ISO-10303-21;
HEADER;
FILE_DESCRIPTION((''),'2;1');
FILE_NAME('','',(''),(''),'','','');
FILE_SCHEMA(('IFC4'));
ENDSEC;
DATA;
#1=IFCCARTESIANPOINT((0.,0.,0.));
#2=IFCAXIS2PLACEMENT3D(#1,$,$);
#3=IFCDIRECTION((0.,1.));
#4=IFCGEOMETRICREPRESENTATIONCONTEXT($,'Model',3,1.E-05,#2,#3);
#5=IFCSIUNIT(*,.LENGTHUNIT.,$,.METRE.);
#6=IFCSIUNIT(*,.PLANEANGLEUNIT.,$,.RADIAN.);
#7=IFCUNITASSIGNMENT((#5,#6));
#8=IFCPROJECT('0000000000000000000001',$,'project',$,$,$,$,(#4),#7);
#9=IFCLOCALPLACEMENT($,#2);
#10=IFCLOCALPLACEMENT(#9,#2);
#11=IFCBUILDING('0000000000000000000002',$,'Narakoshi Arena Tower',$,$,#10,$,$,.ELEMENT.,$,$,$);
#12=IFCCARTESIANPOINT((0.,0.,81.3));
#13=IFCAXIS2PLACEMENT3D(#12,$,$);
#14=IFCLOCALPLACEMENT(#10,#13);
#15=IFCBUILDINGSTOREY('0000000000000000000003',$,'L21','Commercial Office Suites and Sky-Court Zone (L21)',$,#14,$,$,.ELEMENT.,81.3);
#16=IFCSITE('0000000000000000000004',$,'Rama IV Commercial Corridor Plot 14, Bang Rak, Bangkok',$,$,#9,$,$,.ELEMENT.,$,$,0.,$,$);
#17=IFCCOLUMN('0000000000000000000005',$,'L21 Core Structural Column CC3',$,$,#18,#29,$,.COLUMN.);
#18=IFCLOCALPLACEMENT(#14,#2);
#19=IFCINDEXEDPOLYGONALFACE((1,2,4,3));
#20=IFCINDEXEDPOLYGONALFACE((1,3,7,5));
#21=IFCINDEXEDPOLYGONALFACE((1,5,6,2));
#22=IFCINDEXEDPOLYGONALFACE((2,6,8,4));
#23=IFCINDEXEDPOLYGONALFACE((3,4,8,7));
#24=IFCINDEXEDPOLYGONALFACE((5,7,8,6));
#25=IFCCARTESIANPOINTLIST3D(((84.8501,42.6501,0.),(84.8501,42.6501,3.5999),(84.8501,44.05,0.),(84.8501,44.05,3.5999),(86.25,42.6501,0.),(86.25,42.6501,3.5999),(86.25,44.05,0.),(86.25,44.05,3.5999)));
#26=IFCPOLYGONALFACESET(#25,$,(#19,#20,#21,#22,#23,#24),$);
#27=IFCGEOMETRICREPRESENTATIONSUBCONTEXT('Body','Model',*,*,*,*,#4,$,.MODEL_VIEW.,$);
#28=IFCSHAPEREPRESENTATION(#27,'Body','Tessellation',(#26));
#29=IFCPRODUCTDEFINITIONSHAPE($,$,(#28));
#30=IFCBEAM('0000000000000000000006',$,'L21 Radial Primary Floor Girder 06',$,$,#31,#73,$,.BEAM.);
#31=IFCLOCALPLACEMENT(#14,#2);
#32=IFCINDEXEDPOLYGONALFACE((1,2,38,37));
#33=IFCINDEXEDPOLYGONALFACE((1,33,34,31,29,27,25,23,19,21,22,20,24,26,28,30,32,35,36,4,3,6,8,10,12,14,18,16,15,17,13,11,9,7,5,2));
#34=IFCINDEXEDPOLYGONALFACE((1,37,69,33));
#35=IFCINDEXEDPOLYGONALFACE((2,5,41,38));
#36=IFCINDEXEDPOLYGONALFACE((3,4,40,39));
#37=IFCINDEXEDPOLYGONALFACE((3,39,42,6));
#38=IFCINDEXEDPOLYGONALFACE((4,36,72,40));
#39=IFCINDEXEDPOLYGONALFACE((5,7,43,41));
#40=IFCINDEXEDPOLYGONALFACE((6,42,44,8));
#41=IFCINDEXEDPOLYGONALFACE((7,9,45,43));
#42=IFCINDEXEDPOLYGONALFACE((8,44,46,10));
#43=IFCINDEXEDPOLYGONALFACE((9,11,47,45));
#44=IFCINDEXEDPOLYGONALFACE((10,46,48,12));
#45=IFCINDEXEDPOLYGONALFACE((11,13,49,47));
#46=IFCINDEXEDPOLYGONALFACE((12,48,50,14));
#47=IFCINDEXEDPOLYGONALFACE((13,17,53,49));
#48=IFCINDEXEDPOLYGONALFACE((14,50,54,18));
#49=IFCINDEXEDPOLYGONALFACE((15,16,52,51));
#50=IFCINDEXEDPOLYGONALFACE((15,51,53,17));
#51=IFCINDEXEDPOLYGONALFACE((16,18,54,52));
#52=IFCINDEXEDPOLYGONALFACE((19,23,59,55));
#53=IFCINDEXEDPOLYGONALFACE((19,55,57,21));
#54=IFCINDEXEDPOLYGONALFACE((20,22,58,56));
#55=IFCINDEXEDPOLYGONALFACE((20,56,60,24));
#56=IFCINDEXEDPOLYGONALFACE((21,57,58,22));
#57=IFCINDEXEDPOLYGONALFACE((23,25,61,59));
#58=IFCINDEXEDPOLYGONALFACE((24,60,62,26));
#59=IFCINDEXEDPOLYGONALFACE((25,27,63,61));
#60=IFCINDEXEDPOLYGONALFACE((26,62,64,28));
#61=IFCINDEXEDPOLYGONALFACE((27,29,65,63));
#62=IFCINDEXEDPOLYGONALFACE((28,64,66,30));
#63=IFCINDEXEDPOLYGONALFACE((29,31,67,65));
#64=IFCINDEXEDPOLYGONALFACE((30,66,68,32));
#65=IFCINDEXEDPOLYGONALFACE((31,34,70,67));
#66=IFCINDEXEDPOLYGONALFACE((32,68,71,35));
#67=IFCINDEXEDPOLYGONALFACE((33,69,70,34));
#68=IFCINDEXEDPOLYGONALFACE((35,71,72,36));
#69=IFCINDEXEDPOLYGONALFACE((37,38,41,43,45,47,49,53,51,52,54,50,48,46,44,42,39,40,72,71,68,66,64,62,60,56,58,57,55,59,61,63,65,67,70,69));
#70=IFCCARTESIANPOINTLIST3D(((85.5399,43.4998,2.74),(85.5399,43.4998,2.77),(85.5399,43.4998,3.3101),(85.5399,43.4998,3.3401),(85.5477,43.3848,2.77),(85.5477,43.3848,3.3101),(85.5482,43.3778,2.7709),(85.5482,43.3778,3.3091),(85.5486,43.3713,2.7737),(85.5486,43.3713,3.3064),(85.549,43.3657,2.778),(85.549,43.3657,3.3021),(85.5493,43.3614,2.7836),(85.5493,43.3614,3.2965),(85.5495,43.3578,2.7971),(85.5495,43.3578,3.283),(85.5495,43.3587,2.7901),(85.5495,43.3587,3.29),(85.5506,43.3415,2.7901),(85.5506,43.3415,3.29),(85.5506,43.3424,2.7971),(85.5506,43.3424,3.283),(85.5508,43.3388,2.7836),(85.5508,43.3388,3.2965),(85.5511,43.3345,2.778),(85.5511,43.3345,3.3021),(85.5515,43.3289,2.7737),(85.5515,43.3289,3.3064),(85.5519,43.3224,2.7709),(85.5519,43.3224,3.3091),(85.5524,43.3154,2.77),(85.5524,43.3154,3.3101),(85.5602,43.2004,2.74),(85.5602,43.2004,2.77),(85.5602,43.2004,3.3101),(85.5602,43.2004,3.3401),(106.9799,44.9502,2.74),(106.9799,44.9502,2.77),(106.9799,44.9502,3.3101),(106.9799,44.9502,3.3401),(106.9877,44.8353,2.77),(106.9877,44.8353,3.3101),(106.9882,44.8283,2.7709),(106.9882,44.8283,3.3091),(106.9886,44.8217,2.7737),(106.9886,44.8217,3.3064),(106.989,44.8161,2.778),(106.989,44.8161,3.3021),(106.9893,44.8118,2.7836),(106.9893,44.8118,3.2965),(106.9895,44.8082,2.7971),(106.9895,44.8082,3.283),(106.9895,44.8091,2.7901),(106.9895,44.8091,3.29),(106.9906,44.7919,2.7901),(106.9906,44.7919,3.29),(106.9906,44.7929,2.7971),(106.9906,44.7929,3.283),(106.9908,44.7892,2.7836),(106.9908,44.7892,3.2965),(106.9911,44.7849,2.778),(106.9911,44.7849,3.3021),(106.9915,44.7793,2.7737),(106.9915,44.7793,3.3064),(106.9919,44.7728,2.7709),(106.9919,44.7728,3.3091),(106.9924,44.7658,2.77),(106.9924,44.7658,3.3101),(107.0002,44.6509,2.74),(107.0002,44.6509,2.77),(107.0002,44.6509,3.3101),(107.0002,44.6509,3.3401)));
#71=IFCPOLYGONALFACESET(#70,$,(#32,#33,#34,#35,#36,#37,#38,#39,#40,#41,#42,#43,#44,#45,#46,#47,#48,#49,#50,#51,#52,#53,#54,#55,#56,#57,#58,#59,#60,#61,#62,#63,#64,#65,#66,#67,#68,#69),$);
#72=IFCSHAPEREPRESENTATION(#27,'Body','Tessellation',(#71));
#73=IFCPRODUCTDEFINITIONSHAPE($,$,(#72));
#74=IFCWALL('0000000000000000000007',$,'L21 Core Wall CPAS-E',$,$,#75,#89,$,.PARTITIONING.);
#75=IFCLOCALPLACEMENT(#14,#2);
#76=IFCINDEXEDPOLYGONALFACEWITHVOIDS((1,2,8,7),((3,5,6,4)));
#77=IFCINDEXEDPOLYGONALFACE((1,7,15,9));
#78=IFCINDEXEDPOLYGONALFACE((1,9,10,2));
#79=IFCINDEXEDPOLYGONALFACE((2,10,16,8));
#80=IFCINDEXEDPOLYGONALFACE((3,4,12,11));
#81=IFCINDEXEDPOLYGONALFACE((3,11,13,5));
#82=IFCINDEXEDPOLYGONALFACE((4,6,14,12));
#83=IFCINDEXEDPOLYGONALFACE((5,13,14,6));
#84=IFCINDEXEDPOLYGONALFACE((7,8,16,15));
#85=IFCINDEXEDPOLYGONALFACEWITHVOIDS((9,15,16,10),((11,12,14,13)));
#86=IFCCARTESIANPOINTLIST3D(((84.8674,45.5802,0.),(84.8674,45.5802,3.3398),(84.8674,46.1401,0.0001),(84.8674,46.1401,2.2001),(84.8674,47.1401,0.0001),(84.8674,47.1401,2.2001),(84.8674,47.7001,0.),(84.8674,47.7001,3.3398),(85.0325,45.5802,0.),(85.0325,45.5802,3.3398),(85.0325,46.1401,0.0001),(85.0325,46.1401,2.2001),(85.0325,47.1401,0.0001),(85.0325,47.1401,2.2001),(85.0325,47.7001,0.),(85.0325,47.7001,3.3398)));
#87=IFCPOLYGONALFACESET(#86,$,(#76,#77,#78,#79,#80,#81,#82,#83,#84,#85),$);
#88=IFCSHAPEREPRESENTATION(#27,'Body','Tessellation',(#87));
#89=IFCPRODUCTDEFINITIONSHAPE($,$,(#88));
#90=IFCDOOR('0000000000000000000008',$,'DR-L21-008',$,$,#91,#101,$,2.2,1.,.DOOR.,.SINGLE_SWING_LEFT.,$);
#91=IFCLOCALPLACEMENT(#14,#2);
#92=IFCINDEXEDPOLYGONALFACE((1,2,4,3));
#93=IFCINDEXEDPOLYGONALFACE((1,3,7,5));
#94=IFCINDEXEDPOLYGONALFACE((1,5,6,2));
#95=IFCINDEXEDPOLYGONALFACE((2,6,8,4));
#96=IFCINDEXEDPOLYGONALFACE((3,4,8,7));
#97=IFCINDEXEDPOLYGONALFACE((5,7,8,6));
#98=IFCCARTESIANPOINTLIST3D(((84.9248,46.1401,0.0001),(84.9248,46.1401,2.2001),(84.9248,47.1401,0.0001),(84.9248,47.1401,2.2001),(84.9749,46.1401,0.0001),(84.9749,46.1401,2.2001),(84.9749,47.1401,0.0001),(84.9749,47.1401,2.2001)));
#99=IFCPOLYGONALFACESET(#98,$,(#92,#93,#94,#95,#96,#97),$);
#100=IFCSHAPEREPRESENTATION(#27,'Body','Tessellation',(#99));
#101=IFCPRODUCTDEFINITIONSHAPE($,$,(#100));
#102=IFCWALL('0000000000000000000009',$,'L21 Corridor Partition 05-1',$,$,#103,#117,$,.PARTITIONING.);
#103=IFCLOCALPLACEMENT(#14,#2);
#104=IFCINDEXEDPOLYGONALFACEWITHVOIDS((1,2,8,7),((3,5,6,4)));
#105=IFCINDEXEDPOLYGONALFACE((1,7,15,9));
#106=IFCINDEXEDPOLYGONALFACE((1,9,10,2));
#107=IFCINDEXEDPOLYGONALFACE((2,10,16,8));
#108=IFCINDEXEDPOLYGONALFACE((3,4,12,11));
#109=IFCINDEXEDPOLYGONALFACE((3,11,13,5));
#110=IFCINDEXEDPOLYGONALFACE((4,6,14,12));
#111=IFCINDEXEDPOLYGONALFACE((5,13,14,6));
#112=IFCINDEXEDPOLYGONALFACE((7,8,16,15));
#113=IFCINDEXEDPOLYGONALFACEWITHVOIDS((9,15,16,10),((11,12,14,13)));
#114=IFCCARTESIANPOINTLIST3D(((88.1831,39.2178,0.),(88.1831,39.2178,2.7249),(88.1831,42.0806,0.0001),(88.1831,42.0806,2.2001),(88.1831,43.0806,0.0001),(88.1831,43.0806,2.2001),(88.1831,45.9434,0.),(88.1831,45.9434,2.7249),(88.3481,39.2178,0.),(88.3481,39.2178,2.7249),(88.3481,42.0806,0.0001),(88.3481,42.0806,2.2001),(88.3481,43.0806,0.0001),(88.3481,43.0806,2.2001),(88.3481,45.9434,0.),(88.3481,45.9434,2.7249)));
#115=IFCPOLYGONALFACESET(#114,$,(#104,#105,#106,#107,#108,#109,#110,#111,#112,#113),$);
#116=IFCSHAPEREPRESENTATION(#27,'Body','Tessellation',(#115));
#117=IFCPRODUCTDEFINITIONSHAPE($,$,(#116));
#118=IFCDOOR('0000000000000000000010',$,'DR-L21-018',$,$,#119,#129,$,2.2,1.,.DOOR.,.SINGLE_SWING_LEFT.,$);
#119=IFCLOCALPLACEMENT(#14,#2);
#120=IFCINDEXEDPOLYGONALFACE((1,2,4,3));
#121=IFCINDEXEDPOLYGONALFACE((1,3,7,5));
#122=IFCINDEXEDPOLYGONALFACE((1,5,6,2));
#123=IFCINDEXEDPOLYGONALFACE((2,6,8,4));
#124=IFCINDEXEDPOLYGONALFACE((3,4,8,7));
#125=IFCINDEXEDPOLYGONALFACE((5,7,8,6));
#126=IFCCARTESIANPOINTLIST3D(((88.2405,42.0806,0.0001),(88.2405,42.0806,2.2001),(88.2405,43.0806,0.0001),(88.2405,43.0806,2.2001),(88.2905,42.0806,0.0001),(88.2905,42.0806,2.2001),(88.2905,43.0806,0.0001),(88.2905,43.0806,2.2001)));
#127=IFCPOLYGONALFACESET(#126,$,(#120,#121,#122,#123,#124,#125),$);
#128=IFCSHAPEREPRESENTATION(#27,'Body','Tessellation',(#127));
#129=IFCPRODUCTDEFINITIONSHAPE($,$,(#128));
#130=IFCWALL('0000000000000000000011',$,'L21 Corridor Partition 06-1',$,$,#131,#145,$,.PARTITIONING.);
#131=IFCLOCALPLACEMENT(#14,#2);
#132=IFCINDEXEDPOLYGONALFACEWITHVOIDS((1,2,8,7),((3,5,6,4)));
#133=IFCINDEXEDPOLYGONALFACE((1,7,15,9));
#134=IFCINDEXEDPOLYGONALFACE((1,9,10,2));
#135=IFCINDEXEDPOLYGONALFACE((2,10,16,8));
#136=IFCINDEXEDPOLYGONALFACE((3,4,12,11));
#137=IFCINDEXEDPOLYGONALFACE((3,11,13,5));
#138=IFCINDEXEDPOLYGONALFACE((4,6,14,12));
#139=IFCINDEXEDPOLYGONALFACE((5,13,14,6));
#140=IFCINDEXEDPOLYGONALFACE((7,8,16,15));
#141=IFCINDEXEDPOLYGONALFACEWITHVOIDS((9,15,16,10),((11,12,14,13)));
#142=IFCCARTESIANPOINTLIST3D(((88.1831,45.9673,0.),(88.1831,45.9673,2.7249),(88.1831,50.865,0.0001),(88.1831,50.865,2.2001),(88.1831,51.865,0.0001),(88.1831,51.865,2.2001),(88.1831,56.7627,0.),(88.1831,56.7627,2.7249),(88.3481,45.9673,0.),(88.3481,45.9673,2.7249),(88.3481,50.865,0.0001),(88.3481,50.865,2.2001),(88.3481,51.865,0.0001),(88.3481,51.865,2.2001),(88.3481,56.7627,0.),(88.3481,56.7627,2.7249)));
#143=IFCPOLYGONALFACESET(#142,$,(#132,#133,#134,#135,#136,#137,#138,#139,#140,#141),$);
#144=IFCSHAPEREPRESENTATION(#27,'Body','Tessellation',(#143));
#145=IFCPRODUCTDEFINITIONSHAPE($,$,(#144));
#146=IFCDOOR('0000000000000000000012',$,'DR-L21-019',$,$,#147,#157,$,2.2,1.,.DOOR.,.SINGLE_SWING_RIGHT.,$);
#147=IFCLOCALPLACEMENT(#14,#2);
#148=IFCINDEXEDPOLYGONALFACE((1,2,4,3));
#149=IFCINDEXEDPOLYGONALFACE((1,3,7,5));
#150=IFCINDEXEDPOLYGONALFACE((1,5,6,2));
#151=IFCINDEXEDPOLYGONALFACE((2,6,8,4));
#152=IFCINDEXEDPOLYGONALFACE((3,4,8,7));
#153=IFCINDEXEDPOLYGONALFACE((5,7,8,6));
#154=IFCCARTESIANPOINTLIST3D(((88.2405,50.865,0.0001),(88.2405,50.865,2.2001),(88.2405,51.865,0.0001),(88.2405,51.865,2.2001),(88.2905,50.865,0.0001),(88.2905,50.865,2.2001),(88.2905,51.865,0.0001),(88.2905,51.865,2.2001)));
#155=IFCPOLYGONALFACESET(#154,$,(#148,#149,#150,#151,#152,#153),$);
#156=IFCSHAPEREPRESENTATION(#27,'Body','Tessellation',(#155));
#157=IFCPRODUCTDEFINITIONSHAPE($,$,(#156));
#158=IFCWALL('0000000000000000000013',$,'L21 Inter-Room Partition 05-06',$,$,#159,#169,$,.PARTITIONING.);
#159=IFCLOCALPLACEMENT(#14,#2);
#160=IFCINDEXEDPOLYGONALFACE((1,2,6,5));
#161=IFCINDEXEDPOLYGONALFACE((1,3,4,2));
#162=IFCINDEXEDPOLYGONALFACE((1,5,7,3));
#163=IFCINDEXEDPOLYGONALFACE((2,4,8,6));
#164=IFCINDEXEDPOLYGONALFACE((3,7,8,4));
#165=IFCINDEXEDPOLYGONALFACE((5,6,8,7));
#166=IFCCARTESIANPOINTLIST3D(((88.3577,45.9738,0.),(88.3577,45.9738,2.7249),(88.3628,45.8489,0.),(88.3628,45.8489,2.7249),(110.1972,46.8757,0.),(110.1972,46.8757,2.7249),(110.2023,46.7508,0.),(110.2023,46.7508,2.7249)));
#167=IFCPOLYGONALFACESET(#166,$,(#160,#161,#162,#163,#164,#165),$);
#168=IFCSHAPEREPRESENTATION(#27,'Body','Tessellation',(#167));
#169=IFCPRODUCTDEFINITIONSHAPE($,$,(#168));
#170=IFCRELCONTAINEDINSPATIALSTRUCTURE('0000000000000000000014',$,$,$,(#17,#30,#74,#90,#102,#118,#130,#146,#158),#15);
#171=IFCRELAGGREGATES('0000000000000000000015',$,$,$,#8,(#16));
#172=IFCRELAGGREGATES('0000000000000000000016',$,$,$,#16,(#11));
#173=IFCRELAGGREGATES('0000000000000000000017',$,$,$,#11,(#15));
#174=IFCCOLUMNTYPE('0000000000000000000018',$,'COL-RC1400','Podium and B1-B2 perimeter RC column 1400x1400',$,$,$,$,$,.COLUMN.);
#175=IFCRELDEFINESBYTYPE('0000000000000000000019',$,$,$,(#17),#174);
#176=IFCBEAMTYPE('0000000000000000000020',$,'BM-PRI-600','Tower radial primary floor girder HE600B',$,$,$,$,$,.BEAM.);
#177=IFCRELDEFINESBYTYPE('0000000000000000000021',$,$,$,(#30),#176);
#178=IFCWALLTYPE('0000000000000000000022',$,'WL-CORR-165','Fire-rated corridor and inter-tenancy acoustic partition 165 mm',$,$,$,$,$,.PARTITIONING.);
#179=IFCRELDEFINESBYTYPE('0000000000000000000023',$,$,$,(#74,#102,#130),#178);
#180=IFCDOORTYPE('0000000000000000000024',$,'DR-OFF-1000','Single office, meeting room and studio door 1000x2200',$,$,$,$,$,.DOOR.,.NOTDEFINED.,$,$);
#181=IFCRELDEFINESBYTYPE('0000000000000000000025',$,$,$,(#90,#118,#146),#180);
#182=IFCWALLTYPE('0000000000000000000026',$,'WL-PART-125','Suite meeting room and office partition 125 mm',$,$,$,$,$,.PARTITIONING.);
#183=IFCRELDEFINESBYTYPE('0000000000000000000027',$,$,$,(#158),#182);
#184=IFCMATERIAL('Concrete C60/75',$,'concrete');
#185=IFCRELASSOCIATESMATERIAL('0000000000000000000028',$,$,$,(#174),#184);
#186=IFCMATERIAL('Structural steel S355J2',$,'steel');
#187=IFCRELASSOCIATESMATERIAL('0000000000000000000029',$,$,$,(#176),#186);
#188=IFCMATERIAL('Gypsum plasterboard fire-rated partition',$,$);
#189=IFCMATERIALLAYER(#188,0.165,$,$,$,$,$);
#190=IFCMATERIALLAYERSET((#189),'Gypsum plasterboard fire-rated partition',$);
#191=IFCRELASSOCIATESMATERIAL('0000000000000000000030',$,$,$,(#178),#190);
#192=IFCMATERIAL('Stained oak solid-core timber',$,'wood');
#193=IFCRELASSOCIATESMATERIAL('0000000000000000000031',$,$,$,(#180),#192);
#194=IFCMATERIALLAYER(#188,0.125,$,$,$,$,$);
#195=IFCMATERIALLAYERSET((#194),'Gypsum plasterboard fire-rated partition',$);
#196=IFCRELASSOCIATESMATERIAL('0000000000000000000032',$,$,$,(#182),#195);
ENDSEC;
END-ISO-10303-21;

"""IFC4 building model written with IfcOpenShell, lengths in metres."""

from ifc_helpers import new_model, si_unit, direction, frame, frame_2d, origin, origin_2d, place, context, subcontext, project, spatial, rectangle, i_section, extrude, material, layer, layer_set, material_profile, profile_set, type_object, element, fill, save


model = new_model("IFC4")

# Units and contexts
model_context = context("Model", 3, precision=1e-05, world=origin(), true_north=direction((0.0, 1.0)))
body_context = subcontext(model_context, "Body", "Model", "MODEL_VIEW")
ifc_project = project(units=[si_unit("LENGTHUNIT", "METRE"), si_unit("PLANEANGLEUNIT", "RADIAN")], contexts=[model_context])

# Site, building, storey
site_placement = place(None, origin())
site = spatial("IfcSite", under=ifc_project, at=site_placement, Name="Rama IV Commercial Corridor Plot 14, Bang Rak, Bangkok", CompositionType="ELEMENT", RefElevation=0.0)
building_placement = place(site_placement, origin())
building = spatial("IfcBuilding", under=site, at=building_placement, Name="Narakoshi Arena Tower", CompositionType="ELEMENT")
storey_placement = place(building_placement, frame((0.0, 0.0, 81.3)))
storey = spatial("IfcBuildingStorey", under=building, at=storey_placement, Name="L21", Description="Commercial Office Suites and Sky-Court Zone (L21)", CompositionType="ELEMENT", Elevation=81.3)

# Column
ifc_material_1 = material(Name="Concrete C60/75", Category="concrete")
ifc_material_profile_1 = material_profile(ifc_material_1, rectangle(XDim=1.3999, YDim=1.3999, at=origin_2d()), Name="RC1400x1400")
ifc_profile_set_1 = profile_set([ifc_material_profile_1], Name="Concrete C60/75")
column_type = type_object("IfcColumnType", Name="COL-RC1400", Description="Podium and B1-B2 perimeter RC column 1400x1400", PredefinedType="COLUMN", material=ifc_profile_set_1)
column_placement = place(storey_placement, frame((85.55, 43.3501, 0.0), z_axis=(0.0, 0.0, 1.0), x_axis=(1.0, 0.0, 0.0)))
element("IfcColumn", 1, at=column_placement, inside=storey, type_object=column_type, Name="L21 Core Structural Column CC3", PredefinedType="COLUMN", context=body_context, shape_type="SweptSolid", body=[
    extrude(rectangle(XDim=1.3999, YDim=1.3999, at=origin_2d()), origin(), (0.0, 0.0, 1.0), 3.5999),
])

# Beam
ifc_material_2 = material(Name="Structural steel S355J2", Category="steel")
ifc_material_profile_2 = material_profile(ifc_material_2, i_section(OverallWidth=0.3, OverallDepth=0.6001, WebThickness=0.0154, FlangeThickness=0.03, FilletRadius=0.0271, at=origin_2d()), Name="HE600B")
ifc_profile_set_2 = profile_set([ifc_material_profile_2], Name="Structural steel S355J2")
beam_type = type_object("IfcBeamType", Name="BM-PRI-600", Description="Tower radial primary floor girder HE600B", PredefinedType="BEAM", material=ifc_profile_set_2)
beam_placement = place(storey_placement, frame((85.55, 43.3501, 3.04), z_axis=(0.997719, 0.067497, 0.0), x_axis=(-0.067497, 0.997719, 0.0)))
element("IfcBeam", 2, at=beam_placement, inside=storey, type_object=beam_type, Name="L21 Radial Primary Floor Girder 06", PredefinedType="BEAM", context=body_context, shape_type="SweptSolid", body=[
    extrude(i_section(OverallWidth=0.3, OverallDepth=0.6001, WebThickness=0.0154, FlangeThickness=0.03, FilletRadius=0.0271, at=origin_2d()), origin(), (0.0, 0.0, 1.0), 21.489),
])

# Walls, openings, doors
ifc_material_3 = material(Name="Gypsum plasterboard fire-rated partition")
ifc_layer_1 = layer(ifc_material_3, 0.165)
ifc_layer_set_1 = layer_set([ifc_layer_1], Name="Gypsum plasterboard fire-rated partition")
wall_type_1 = type_object("IfcWallType", Name="WL-CORR-165", Description="Fire-rated corridor and inter-tenancy acoustic partition 165 mm", PredefinedType="PARTITIONING", material=ifc_layer_set_1)
wall_1_placement = place(storey_placement, frame((84.95, 45.5801, 0.0), z_axis=(0.0, 0.0, 1.0), x_axis=(0.0, 1.0, 0.0)))
wall_1 = element("IfcWall", 3, at=wall_1_placement, inside=storey, type_object=wall_type_1, Name="L21 Core Wall CPAS-E", PredefinedType="PARTITIONING", context=body_context, shape_type="SweptSolid", body=[
    extrude(rectangle(XDim=2.1199, YDim=0.165, at=frame_2d((1.0601, 0.0))), origin(), (0.0, 0.0, 1.0), 3.3398),
])
opening_1_placement = place(wall_1_placement, frame((0.5601, 0.0, 0.0)))
opening_1 = element("IfcOpeningElement", 4, at=opening_1_placement, cuts=wall_1, PredefinedType="OPENING", context=body_context, shape_type="SweptSolid", body=[
    extrude(rectangle(XDim=1.0, YDim=2.2, at=frame_2d((0.5, 1.1001))), frame((0.0, 0.0925, 0.0), z_axis=(0.0, -1.0, 0.0), x_axis=(1.0, 0.0, 0.0)), (0.0, 0.0, 1.0), 0.1851),
])
ifc_material_4 = material(Name="Stained oak solid-core timber", Category="wood")
door_type_1 = type_object("IfcDoorType", Name="DR-OFF-1000", Description="Single office, meeting room and studio door 1000x2200", OperationType="NOTDEFINED", PredefinedType="DOOR", material=ifc_material_4)
door_1_placement = place(opening_1_placement, frame((1.0, 0.0, 0.0), z_axis=(0.0, 0.0, 1.0), x_axis=(-1.0, 0.0, 0.0)))
door_1 = element("IfcDoor", 5, at=door_1_placement, inside=storey, type_object=door_type_1, Name="DR-L21-008", OperationType="SINGLE_SWING_LEFT", OverallHeight=2.2, OverallWidth=1.0, PredefinedType="DOOR", context=body_context, shape_type="SweptSolid", body=[
    extrude(rectangle(XDim=1.0, YDim=2.2, at=frame_2d((0.5, 1.1001))), frame((0.0, 0.0249, 0.0), z_axis=(0.0, -1.0, 0.0), x_axis=(1.0, 0.0, 0.0)), (0.0, 0.0, 1.0), 0.05),
])
fill(opening_1, door_1)
wall_2_placement = place(storey_placement, frame((88.2656, 39.2178, 0.0), z_axis=(0.0, 0.0, 1.0), x_axis=(0.0, 1.0, 0.0)))
wall_2 = element("IfcWall", 6, at=wall_2_placement, inside=storey, type_object=wall_type_1, Name="L21 Corridor Partition 05-1", PredefinedType="PARTITIONING", context=body_context, shape_type="SweptSolid", body=[
    extrude(rectangle(XDim=6.7256, YDim=0.165, at=frame_2d((3.3628, 0.0))), origin(), (0.0, 0.0, 1.0), 2.7249),
])
opening_2_placement = place(wall_2_placement, frame((2.8628, 0.0, 0.0)))
opening_2 = element("IfcOpeningElement", 7, at=opening_2_placement, cuts=wall_2, PredefinedType="OPENING", context=body_context, shape_type="SweptSolid", body=[
    extrude(rectangle(XDim=1.0, YDim=2.2, at=frame_2d((0.5, 1.1001))), frame((0.0, 0.0925, 0.0), z_axis=(0.0, -1.0, 0.0), x_axis=(1.0, 0.0, 0.0)), (0.0, 0.0, 1.0), 0.1851),
])
door_2_placement = place(opening_2_placement, frame((1.0, 0.0, 0.0), z_axis=(0.0, 0.0, 1.0), x_axis=(-1.0, 0.0, 0.0)))
door_2 = element("IfcDoor", 8, at=door_2_placement, inside=storey, type_object=door_type_1, Name="DR-L21-018", OperationType="SINGLE_SWING_LEFT", OverallHeight=2.2, OverallWidth=1.0, PredefinedType="DOOR", context=body_context, shape_type="SweptSolid", body=[
    extrude(rectangle(XDim=1.0, YDim=2.2, at=frame_2d((0.5, 1.1001))), frame((0.0, 0.0249, 0.0), z_axis=(0.0, -1.0, 0.0), x_axis=(1.0, 0.0, 0.0)), (0.0, 0.0, 1.0), 0.05),
])
fill(opening_2, door_2)
wall_3_placement = place(storey_placement, frame((88.2656, 45.9673, 0.0), z_axis=(0.0, 0.0, 1.0), x_axis=(0.0, 1.0, 0.0)))
wall_3 = element("IfcWall", 9, at=wall_3_placement, inside=storey, type_object=wall_type_1, Name="L21 Corridor Partition 06-1", PredefinedType="PARTITIONING", context=body_context, shape_type="SweptSolid", body=[
    extrude(rectangle(XDim=10.7954, YDim=0.165, at=frame_2d((5.3977, 0.0))), origin(), (0.0, 0.0, 1.0), 2.7249),
])
opening_3_placement = place(wall_3_placement, frame((4.8977, 0.0, 0.0)))
opening_3 = element("IfcOpeningElement", 10, at=opening_3_placement, cuts=wall_3, PredefinedType="OPENING", context=body_context, shape_type="SweptSolid", body=[
    extrude(rectangle(XDim=1.0, YDim=2.2, at=frame_2d((0.5, 1.1001))), frame((0.0, 0.0925, 0.0), z_axis=(0.0, -1.0, 0.0), x_axis=(1.0, 0.0, 0.0)), (0.0, 0.0, 1.0), 0.1851),
])
door_3_placement = place(opening_3_placement, frame((1.0, 0.0, 0.0), z_axis=(0.0, 0.0, 1.0), x_axis=(-1.0, 0.0, 0.0)))
door_3 = element("IfcDoor", 11, at=door_3_placement, inside=storey, type_object=door_type_1, Name="DR-L21-019", OperationType="SINGLE_SWING_RIGHT", OverallHeight=2.2, OverallWidth=1.0, PredefinedType="DOOR", context=body_context, shape_type="SweptSolid", body=[
    extrude(rectangle(XDim=1.0, YDim=2.2, at=frame_2d((0.5, 1.1001))), frame((0.0, 0.0249, 0.0), z_axis=(0.0, -1.0, 0.0), x_axis=(1.0, 0.0, 0.0)), (0.0, 0.0, 1.0), 0.05),
])
fill(opening_3, door_3)

# Wall
ifc_layer_2 = layer(ifc_material_3, 0.125)
ifc_layer_set_2 = layer_set([ifc_layer_2], Name="Gypsum plasterboard fire-rated partition")
wall_type_2 = type_object("IfcWallType", Name="WL-PART-125", Description="Suite meeting room and office partition 125 mm", PredefinedType="PARTITIONING", material=ifc_layer_set_2)
wall_4_placement = place(storey_placement, frame((88.3601, 45.9114, 0.0), z_axis=(0.0, 0.0, 1.0), x_axis=(0.999148, 0.041259, 0.0)))
element("IfcWall", 12, at=wall_4_placement, inside=storey, type_object=wall_type_2, Name="L21 Inter-Room Partition 05-06", PredefinedType="PARTITIONING", context=body_context, shape_type="SweptSolid", body=[
    extrude(rectangle(XDim=21.8582, YDim=0.125, at=frame_2d((10.9292, 0.0))), origin(), (0.0, 0.0, 1.0), 2.7249),
])

save(model, "model.ifc")
